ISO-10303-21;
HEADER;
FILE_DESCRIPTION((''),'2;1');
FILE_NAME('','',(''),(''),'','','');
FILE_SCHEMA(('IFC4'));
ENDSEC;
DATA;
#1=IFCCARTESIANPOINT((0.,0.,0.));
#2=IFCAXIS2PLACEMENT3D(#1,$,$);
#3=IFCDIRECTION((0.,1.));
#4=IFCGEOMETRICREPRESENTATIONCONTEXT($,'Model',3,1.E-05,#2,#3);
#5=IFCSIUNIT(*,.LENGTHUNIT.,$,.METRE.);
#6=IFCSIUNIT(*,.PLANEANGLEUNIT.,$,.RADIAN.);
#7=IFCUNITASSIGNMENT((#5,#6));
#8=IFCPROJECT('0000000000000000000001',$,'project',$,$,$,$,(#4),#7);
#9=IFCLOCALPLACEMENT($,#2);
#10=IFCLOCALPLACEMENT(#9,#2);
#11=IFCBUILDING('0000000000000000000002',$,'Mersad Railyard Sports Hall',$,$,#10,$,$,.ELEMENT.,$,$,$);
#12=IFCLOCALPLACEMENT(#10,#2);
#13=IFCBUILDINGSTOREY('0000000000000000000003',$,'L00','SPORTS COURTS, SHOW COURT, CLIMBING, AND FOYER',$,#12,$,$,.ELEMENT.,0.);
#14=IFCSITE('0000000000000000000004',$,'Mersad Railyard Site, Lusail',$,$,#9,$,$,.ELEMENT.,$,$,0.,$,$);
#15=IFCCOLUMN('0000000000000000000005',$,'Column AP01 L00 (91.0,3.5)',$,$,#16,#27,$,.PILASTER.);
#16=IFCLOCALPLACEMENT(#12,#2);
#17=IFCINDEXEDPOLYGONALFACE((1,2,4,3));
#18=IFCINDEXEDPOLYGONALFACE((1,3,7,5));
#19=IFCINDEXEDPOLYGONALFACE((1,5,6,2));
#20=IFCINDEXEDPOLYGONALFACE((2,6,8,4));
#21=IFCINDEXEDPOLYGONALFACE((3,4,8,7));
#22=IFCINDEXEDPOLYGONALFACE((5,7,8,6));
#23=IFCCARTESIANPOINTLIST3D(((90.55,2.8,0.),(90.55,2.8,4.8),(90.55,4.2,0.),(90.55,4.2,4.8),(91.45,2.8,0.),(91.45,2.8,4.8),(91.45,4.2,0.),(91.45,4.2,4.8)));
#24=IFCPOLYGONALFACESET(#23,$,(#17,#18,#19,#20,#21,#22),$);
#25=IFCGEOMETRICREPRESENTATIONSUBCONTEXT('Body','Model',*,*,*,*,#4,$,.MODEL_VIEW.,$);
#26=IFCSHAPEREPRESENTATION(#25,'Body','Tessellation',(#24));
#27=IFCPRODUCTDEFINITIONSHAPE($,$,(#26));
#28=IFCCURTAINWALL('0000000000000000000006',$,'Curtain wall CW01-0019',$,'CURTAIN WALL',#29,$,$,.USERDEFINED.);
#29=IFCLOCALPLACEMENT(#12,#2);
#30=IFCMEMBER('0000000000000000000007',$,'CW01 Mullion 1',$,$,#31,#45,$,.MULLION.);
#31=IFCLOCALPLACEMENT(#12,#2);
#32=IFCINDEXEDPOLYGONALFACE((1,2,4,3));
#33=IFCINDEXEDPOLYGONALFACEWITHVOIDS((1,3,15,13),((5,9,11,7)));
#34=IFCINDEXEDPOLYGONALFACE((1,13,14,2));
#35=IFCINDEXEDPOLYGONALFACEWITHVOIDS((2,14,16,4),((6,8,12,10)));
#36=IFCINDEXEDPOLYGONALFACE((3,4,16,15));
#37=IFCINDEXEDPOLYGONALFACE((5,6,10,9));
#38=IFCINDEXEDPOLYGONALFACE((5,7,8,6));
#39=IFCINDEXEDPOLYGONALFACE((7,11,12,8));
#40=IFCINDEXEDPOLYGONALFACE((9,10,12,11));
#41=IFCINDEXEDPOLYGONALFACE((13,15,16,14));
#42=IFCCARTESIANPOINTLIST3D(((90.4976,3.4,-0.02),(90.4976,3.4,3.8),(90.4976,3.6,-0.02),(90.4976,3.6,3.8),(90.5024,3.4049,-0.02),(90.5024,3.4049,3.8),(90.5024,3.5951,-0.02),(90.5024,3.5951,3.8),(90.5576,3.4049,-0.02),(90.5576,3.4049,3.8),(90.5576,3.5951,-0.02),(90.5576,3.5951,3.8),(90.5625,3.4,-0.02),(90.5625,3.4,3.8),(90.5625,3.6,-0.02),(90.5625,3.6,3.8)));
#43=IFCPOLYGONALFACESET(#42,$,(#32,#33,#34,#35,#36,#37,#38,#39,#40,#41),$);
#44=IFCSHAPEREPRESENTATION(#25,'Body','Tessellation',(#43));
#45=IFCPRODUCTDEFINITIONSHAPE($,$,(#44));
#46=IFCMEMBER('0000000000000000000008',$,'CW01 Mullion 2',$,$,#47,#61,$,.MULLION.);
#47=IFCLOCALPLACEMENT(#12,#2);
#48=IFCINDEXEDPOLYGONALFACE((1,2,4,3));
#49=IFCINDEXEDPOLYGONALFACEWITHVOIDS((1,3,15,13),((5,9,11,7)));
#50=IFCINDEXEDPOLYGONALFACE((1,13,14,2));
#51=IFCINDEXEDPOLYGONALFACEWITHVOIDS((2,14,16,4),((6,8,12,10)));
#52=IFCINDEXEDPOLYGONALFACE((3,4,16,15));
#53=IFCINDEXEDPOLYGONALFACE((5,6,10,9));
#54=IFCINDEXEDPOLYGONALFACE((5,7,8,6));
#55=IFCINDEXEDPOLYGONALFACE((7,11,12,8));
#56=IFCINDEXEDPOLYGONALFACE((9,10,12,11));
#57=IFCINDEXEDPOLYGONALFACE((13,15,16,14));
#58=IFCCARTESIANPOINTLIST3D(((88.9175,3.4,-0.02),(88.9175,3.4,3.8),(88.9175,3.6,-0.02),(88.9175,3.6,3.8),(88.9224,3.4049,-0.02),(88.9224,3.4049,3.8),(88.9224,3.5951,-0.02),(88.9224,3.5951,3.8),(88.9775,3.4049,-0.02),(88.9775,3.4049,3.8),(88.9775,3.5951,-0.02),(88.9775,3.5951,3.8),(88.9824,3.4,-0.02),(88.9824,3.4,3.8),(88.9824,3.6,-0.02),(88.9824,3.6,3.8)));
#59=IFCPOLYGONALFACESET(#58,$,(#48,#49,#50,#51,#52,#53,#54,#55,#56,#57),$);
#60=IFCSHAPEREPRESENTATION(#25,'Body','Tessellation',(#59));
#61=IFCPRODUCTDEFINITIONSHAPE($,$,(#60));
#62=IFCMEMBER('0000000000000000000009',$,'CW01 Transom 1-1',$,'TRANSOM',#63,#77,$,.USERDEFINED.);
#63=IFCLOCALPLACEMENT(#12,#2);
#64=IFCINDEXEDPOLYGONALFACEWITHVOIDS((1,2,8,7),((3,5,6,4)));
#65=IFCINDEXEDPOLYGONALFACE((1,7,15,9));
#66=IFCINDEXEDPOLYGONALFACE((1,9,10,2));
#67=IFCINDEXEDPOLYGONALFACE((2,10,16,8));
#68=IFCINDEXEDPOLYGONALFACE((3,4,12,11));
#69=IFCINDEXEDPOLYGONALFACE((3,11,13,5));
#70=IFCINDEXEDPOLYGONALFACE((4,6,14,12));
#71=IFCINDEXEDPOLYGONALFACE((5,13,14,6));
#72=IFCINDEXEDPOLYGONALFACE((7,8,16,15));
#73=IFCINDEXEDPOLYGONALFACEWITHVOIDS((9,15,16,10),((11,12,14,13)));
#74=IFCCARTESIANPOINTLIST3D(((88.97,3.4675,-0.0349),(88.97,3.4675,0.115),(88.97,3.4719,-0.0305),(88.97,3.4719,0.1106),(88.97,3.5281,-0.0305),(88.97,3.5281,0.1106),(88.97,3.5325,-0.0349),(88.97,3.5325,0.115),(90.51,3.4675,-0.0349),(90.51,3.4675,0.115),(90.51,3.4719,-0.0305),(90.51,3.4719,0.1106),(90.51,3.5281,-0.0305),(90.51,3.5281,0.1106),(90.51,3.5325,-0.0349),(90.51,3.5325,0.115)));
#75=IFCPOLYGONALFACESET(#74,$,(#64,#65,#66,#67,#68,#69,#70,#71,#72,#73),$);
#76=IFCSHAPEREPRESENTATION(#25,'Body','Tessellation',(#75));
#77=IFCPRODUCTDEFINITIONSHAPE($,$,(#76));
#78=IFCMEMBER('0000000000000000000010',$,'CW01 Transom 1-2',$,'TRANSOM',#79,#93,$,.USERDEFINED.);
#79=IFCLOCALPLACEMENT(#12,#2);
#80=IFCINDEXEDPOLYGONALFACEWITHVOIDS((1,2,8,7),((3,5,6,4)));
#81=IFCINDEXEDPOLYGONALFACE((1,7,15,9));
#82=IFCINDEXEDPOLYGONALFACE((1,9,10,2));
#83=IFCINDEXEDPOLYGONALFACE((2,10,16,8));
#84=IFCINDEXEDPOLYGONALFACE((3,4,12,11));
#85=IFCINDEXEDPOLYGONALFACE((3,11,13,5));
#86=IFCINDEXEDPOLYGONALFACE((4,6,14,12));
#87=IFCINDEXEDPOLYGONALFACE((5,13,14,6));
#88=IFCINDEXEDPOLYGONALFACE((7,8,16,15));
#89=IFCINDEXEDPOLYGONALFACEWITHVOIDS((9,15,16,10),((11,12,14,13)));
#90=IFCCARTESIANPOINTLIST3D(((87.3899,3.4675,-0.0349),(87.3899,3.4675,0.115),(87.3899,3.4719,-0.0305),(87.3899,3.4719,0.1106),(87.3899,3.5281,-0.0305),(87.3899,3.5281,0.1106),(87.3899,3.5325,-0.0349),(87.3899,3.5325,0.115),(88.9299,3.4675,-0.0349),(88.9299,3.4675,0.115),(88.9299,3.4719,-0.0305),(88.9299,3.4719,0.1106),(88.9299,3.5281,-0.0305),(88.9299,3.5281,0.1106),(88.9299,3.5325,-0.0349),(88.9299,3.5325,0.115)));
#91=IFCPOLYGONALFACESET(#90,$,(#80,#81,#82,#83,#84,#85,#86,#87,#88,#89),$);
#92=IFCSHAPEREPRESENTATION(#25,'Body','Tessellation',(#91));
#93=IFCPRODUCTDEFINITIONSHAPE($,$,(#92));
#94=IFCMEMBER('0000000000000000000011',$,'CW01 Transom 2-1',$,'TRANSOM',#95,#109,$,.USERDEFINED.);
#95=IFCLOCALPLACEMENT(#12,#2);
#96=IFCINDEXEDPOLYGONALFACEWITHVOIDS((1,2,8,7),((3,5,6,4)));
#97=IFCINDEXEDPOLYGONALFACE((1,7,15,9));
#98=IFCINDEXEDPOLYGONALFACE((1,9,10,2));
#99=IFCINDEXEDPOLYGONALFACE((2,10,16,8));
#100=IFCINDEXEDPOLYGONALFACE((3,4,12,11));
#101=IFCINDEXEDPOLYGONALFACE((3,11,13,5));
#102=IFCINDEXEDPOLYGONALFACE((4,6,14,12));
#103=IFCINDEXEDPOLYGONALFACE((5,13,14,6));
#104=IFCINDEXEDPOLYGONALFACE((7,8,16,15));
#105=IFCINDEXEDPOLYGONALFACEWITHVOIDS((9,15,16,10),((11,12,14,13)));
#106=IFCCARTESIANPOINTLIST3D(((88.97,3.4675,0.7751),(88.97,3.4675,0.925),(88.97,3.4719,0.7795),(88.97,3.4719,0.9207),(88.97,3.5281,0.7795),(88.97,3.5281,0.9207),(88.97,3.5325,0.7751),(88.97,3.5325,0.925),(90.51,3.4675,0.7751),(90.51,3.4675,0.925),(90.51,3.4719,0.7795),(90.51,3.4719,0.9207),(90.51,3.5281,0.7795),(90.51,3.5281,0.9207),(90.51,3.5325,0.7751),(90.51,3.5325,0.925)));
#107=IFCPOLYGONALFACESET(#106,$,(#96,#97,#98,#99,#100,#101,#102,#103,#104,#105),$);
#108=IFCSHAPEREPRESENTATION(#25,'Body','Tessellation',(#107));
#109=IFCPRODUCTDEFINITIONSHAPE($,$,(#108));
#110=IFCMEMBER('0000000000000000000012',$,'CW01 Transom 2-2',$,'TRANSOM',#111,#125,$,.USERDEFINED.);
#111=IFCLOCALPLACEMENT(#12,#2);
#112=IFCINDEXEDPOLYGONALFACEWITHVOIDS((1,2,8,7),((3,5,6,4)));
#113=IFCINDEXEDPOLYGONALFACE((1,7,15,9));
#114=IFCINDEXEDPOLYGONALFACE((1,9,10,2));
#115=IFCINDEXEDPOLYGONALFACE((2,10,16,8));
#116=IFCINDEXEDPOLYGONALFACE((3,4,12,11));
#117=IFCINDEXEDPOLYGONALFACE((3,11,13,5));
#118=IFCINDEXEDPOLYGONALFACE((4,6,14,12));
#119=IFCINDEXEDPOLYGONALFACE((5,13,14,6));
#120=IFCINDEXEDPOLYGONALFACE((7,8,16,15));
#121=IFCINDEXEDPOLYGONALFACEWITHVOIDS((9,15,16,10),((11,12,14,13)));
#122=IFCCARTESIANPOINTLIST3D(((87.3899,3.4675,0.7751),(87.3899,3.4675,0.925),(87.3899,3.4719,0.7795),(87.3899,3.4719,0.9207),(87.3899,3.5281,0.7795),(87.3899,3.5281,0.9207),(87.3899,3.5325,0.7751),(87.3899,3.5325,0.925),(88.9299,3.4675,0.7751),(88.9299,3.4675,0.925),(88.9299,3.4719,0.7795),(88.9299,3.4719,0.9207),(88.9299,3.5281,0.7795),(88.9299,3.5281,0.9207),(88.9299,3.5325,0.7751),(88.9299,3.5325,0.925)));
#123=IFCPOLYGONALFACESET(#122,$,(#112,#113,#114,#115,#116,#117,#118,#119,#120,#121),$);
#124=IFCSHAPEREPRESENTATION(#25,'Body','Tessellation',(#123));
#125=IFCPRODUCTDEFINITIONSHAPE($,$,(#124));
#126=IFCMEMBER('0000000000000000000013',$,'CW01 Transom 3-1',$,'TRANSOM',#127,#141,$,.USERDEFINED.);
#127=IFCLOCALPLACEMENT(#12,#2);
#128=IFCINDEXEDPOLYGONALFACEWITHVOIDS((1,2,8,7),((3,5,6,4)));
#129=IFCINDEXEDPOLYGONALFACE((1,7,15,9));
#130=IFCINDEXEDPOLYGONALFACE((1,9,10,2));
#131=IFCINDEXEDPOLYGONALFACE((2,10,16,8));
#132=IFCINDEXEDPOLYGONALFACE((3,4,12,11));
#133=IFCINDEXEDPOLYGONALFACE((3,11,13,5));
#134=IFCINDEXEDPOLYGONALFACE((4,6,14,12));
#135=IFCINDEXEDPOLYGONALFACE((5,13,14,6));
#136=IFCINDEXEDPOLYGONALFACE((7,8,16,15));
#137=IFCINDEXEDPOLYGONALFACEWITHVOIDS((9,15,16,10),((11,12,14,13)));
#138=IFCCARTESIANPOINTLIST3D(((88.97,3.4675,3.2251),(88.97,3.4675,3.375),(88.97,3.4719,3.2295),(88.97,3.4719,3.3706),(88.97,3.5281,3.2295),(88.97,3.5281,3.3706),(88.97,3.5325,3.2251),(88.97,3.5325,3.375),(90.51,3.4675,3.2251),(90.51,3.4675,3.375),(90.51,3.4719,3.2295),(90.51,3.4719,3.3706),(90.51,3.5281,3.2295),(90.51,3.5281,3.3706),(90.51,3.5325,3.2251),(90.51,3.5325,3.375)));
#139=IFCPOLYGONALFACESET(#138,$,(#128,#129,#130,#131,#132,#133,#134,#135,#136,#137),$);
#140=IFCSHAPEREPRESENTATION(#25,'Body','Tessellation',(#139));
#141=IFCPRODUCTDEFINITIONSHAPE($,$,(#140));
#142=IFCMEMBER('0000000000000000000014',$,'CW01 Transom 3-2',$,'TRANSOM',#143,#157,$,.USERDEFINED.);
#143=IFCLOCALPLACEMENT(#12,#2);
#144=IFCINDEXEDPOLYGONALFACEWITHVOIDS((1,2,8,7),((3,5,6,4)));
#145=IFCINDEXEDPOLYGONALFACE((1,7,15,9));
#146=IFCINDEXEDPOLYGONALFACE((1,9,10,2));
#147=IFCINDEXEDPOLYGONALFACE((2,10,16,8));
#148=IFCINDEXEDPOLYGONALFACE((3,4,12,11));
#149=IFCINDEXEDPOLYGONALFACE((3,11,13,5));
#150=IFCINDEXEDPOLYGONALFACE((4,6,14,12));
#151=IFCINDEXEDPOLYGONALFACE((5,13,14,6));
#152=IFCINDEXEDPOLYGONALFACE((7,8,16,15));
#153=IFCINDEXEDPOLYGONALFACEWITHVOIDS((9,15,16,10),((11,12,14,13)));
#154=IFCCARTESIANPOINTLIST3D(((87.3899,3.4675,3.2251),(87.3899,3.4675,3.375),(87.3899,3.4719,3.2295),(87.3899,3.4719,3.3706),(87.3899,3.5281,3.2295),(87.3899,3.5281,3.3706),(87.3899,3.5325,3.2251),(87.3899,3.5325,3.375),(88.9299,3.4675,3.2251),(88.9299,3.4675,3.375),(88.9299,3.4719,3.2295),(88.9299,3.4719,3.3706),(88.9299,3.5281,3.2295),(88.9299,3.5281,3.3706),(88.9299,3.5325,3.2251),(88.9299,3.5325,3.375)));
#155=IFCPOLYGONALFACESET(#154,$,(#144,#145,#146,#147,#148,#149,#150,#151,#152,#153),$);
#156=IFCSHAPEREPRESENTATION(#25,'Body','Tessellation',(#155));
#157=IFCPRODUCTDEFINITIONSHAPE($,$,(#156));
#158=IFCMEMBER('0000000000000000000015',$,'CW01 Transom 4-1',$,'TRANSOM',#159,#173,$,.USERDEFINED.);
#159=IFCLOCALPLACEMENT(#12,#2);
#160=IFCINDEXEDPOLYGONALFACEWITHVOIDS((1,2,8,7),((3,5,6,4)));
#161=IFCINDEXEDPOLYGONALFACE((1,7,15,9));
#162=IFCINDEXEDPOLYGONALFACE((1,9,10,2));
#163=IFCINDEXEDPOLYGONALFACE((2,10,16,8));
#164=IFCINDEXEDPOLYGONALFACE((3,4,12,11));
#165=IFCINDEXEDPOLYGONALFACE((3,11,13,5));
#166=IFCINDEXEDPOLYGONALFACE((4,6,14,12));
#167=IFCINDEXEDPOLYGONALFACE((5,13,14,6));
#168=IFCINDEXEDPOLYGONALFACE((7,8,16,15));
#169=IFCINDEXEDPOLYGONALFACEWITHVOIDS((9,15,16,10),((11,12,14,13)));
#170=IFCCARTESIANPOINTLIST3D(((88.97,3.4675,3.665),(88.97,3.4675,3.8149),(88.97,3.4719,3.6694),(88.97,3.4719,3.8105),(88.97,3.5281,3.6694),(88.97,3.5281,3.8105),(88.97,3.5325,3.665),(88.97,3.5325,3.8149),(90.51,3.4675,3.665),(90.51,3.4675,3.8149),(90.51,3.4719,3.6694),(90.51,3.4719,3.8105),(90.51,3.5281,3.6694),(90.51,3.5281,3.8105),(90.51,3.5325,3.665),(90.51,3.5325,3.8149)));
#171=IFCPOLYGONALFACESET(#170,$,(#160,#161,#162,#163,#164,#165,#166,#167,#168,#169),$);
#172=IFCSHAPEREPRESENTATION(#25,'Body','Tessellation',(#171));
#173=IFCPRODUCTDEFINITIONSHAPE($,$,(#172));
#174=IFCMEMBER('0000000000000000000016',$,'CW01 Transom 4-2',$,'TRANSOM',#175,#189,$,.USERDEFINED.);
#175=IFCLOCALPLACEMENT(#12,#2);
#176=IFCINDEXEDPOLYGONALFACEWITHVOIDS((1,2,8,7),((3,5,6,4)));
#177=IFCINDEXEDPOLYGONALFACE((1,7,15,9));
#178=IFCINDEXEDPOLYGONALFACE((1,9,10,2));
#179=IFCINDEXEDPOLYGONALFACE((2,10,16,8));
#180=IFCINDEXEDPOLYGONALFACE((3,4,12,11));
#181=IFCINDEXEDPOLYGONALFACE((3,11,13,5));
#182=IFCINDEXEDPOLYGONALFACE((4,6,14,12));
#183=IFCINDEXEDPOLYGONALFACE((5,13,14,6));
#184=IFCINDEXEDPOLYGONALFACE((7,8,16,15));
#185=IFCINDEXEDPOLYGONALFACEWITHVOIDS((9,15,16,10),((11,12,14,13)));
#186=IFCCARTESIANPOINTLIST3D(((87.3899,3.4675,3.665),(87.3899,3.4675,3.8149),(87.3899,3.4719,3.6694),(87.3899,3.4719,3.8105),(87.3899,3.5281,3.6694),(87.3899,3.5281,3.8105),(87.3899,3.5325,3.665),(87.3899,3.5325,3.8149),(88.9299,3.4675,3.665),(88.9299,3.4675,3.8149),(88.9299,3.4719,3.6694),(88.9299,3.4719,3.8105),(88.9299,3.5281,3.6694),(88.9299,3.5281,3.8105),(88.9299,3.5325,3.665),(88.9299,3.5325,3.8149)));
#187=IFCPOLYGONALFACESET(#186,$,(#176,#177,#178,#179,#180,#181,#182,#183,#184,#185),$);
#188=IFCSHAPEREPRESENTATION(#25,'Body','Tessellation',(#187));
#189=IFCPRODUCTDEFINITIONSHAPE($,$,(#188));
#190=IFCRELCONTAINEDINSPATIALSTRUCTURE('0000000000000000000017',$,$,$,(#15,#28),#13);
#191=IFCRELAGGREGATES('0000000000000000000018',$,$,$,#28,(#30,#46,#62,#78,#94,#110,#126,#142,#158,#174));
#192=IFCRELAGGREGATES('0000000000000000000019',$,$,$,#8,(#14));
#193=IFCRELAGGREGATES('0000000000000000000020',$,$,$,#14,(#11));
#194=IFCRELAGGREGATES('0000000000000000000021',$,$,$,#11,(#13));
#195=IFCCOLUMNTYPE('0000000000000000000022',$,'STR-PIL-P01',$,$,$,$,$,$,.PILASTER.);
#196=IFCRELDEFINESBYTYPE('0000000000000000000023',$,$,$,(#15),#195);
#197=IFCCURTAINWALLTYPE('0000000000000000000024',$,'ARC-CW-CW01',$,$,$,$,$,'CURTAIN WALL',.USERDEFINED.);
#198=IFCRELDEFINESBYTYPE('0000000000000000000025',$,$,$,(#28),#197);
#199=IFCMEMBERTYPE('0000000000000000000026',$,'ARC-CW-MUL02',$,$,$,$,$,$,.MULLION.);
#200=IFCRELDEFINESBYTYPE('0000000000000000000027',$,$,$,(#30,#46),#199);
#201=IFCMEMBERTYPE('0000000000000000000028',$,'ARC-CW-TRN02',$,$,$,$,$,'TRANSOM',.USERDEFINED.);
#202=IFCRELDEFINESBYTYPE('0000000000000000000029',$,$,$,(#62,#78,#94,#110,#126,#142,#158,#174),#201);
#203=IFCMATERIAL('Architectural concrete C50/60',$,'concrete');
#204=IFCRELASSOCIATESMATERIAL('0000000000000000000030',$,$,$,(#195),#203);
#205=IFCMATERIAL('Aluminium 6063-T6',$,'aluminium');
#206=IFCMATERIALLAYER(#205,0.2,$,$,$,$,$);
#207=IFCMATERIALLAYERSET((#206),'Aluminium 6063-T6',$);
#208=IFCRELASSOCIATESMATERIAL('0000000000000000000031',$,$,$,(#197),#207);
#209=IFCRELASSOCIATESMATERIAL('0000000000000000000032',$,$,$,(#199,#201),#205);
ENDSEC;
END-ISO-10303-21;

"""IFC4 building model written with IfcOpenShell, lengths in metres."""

from ifc_helpers import new_model, si_unit, direction, frame, origin, origin_2d, place, context, subcontext, project, spatial, rectangle, hollow_rectangle, extrude, material, layer, layer_set, material_profile, profile_set, type_object, element, aggregate, save


model = new_model("IFC4")

# Units and contexts
model_context = context("Model", 3, precision=1e-05, world=origin(), true_north=direction((0.0, 1.0)))
body_context = subcontext(model_context, "Body", "Model", "MODEL_VIEW")
ifc_project = project(units=[si_unit("LENGTHUNIT", "METRE"), si_unit("PLANEANGLEUNIT", "RADIAN")], contexts=[model_context])

# Site, building, storey
site_placement = place(None, origin())
site = spatial("IfcSite", under=ifc_project, at=site_placement, Name="Mersad Railyard Site, Lusail", CompositionType="ELEMENT", RefElevation=0.0)
building_placement = place(site_placement, origin())
building = spatial("IfcBuilding", under=site, at=building_placement, Name="Mersad Railyard Sports Hall", CompositionType="ELEMENT")
storey_placement = place(building_placement, origin())
storey = spatial("IfcBuildingStorey", under=building, at=storey_placement, Name="L00", Description="SPORTS COURTS, SHOW COURT, CLIMBING, AND FOYER", CompositionType="ELEMENT", Elevation=0.0)

# Column
ifc_material_1 = material(Name="Architectural concrete C50/60", Category="concrete")
ifc_material_profile_1 = material_profile(ifc_material_1, rectangle(XDim=0.8999, YDim=1.3999, at=origin_2d()), Name="RC 900x1400")
ifc_profile_set_1 = profile_set([ifc_material_profile_1], Name="Architectural concrete C50/60")
column_type = type_object("IfcColumnType", Name="STR-PIL-P01", PredefinedType="PILASTER", material=ifc_profile_set_1)
column_placement = place(storey_placement, frame((91.0, 3.5, 0.0), z_axis=(0.0, 0.0, 1.0), x_axis=(1.0, 0.0, 0.0)))
element("IfcColumn", 1, at=column_placement, inside=storey, type_object=column_type, Name="Column AP01 L00 (91.0,3.5)", PredefinedType="PILASTER", context=body_context, shape_type="SweptSolid", body=[
    extrude(rectangle(XDim=0.8999, YDim=1.3999, at=origin_2d()), origin(), (0.0, 0.0, 1.0), 4.8),
])

# Curtain wall, members
ifc_material_2 = material(Name="Aluminium 6063-T6", Category="aluminium")
ifc_layer_1 = layer(ifc_material_2, 0.2)
ifc_layer_set_1 = layer_set([ifc_layer_1], Name="Aluminium 6063-T6")
curtain_wall_type = type_object("IfcCurtainWallType", Name="ARC-CW-CW01", ElementType="CURTAIN WALL", PredefinedType="USERDEFINED", material=ifc_layer_set_1)
curtain_wall_placement = place(storey_placement, origin())
curtain_wall = element("IfcCurtainWall", 2, at=curtain_wall_placement, inside=storey, type_object=curtain_wall_type, Name="Curtain wall CW01-0019", ObjectType="CURTAIN WALL", PredefinedType="USERDEFINED")
ifc_material_profile_2 = material_profile(ifc_material_2, hollow_rectangle(XDim=0.0649, YDim=0.2, WallThickness=0.0049, at=origin_2d()), Name="AL MULLION 65x200x5")
ifc_profile_set_2 = profile_set([ifc_material_profile_2], Name="Aluminium 6063-T6")
member_type_1 = type_object("IfcMemberType", Name="ARC-CW-MUL02", PredefinedType="MULLION", material=ifc_profile_set_2)
member_1_placement = place(storey_placement, frame((90.53, 3.5, -0.02), z_axis=(0.0, 0.0, 1.0), x_axis=(1.0, 0.0, 0.0)))
member_1 = element("IfcMember", 3, at=member_1_placement, type_object=member_type_1, Name="CW01 Mullion 1", PredefinedType="MULLION", context=body_context, shape_type="SweptSolid", body=[
    extrude(hollow_rectangle(XDim=0.0649, YDim=0.2, WallThickness=0.0049, at=origin_2d()), origin(), (0.0, 0.0, 1.0), 3.8201),
])
member_2_placement = place(storey_placement, frame((88.95, 3.5, -0.02), z_axis=(0.0, 0.0, 1.0), x_axis=(1.0, 0.0, 0.0)))
member_2 = element("IfcMember", 4, at=member_2_placement, type_object=member_type_1, Name="CW01 Mullion 2", PredefinedType="MULLION", context=body_context, shape_type="SweptSolid", body=[
    extrude(hollow_rectangle(XDim=0.0649, YDim=0.2, WallThickness=0.0049, at=origin_2d()), origin(), (0.0, 0.0, 1.0), 3.8201),
])
ifc_material_profile_3 = material_profile(ifc_material_2, hollow_rectangle(XDim=0.0649, YDim=0.1499, WallThickness=0.0044, at=origin_2d()), Name="AL TRANSOM 65x150x4.5")
ifc_profile_set_3 = profile_set([ifc_material_profile_3], Name="Aluminium 6063-T6")
member_type_2 = type_object("IfcMemberType", Name="ARC-CW-TRN02", ElementType="TRANSOM", PredefinedType="USERDEFINED", material=ifc_profile_set_3)
member_3_placement = place(storey_placement, frame((90.51, 3.5, 0.04), z_axis=(-1.0, 0.0, 0.0), x_axis=(0.0, -1.0, 0.0)))
member_3 = element("IfcMember", 5, at=member_3_placement, type_object=member_type_2, Name="CW01 Transom 1-1", ObjectType="TRANSOM", PredefinedType="USERDEFINED", context=body_context, shape_type="SweptSolid", body=[
    extrude(hollow_rectangle(XDim=0.0649, YDim=0.1499, WallThickness=0.0044, at=origin_2d()), origin(), (0.0, 0.0, 1.0), 1.54),
])
member_4_placement = place(storey_placement, frame((88.9299, 3.5, 0.04), z_axis=(-1.0, 0.0, 0.0), x_axis=(0.0, -1.0, 0.0)))
member_4 = element("IfcMember", 6, at=member_4_placement, type_object=member_type_2, Name="CW01 Transom 1-2", ObjectType="TRANSOM", PredefinedType="USERDEFINED", context=body_context, shape_type="SweptSolid", body=[
    extrude(hollow_rectangle(XDim=0.0649, YDim=0.1499, WallThickness=0.0044, at=origin_2d()), origin(), (0.0, 0.0, 1.0), 1.54),
])
member_5_placement = place(storey_placement, frame((90.51, 3.5, 0.8501), z_axis=(-1.0, 0.0, 0.0), x_axis=(0.0, -1.0, 0.0)))
member_5 = element("IfcMember", 7, at=member_5_placement, type_object=member_type_2, Name="CW01 Transom 2-1", ObjectType="TRANSOM", PredefinedType="USERDEFINED", context=body_context, shape_type="SweptSolid", body=[
    extrude(hollow_rectangle(XDim=0.0649, YDim=0.1499, WallThickness=0.0044, at=origin_2d()), origin(), (0.0, 0.0, 1.0), 1.54),
])
member_6_placement = place(storey_placement, frame((88.9299, 3.5, 0.8501), z_axis=(-1.0, 0.0, 0.0), x_axis=(0.0, -1.0, 0.0)))
member_6 = element("IfcMember", 8, at=member_6_placement, type_object=member_type_2, Name="CW01 Transom 2-2", ObjectType="TRANSOM", PredefinedType="USERDEFINED", context=body_context, shape_type="SweptSolid", body=[
    extrude(hollow_rectangle(XDim=0.0649, YDim=0.1499, WallThickness=0.0044, at=origin_2d()), origin(), (0.0, 0.0, 1.0), 1.54),
])
member_7_placement = place(storey_placement, frame((90.51, 3.5, 3.3), z_axis=(-1.0, 0.0, 0.0), x_axis=(0.0, -1.0, 0.0)))
member_7 = element("IfcMember", 9, at=member_7_placement, type_object=member_type_2, Name="CW01 Transom 3-1", ObjectType="TRANSOM", PredefinedType="USERDEFINED", context=body_context, shape_type="SweptSolid", body=[
    extrude(hollow_rectangle(XDim=0.0649, YDim=0.1499, WallThickness=0.0044, at=origin_2d()), origin(), (0.0, 0.0, 1.0), 1.54),
])
member_8_placement = place(storey_placement, frame((88.9299, 3.5, 3.3), z_axis=(-1.0, 0.0, 0.0), x_axis=(0.0, -1.0, 0.0)))
member_8 = element("IfcMember", 10, at=member_8_placement, type_object=member_type_2, Name="CW01 Transom 3-2", ObjectType="TRANSOM", PredefinedType="USERDEFINED", context=body_context, shape_type="SweptSolid", body=[
    extrude(hollow_rectangle(XDim=0.0649, YDim=0.1499, WallThickness=0.0044, at=origin_2d()), origin(), (0.0, 0.0, 1.0), 1.54),
])
member_9_placement = place(storey_placement, frame((90.51, 3.5, 3.74), z_axis=(-1.0, 0.0, 0.0), x_axis=(0.0, -1.0, 0.0)))
member_9 = element("IfcMember", 11, at=member_9_placement, type_object=member_type_2, Name="CW01 Transom 4-1", ObjectType="TRANSOM", PredefinedType="USERDEFINED", context=body_context, shape_type="SweptSolid", body=[
    extrude(hollow_rectangle(XDim=0.0649, YDim=0.1499, WallThickness=0.0044, at=origin_2d()), origin(), (0.0, 0.0, 1.0), 1.54),
])
member_10_placement = place(storey_placement, frame((88.9299, 3.5, 3.74), z_axis=(-1.0, 0.0, 0.0), x_axis=(0.0, -1.0, 0.0)))
member_10 = element("IfcMember", 12, at=member_10_placement, type_object=member_type_2, Name="CW01 Transom 4-2", ObjectType="TRANSOM", PredefinedType="USERDEFINED", context=body_context, shape_type="SweptSolid", body=[
    extrude(hollow_rectangle(XDim=0.0649, YDim=0.1499, WallThickness=0.0044, at=origin_2d()), origin(), (0.0, 0.0, 1.0), 1.54),
])

aggregate(curtain_wall, [member_1, member_2, member_3, member_4, member_5, member_6, member_7, member_8, member_9, member_10])

save(model, "model.ifc")
